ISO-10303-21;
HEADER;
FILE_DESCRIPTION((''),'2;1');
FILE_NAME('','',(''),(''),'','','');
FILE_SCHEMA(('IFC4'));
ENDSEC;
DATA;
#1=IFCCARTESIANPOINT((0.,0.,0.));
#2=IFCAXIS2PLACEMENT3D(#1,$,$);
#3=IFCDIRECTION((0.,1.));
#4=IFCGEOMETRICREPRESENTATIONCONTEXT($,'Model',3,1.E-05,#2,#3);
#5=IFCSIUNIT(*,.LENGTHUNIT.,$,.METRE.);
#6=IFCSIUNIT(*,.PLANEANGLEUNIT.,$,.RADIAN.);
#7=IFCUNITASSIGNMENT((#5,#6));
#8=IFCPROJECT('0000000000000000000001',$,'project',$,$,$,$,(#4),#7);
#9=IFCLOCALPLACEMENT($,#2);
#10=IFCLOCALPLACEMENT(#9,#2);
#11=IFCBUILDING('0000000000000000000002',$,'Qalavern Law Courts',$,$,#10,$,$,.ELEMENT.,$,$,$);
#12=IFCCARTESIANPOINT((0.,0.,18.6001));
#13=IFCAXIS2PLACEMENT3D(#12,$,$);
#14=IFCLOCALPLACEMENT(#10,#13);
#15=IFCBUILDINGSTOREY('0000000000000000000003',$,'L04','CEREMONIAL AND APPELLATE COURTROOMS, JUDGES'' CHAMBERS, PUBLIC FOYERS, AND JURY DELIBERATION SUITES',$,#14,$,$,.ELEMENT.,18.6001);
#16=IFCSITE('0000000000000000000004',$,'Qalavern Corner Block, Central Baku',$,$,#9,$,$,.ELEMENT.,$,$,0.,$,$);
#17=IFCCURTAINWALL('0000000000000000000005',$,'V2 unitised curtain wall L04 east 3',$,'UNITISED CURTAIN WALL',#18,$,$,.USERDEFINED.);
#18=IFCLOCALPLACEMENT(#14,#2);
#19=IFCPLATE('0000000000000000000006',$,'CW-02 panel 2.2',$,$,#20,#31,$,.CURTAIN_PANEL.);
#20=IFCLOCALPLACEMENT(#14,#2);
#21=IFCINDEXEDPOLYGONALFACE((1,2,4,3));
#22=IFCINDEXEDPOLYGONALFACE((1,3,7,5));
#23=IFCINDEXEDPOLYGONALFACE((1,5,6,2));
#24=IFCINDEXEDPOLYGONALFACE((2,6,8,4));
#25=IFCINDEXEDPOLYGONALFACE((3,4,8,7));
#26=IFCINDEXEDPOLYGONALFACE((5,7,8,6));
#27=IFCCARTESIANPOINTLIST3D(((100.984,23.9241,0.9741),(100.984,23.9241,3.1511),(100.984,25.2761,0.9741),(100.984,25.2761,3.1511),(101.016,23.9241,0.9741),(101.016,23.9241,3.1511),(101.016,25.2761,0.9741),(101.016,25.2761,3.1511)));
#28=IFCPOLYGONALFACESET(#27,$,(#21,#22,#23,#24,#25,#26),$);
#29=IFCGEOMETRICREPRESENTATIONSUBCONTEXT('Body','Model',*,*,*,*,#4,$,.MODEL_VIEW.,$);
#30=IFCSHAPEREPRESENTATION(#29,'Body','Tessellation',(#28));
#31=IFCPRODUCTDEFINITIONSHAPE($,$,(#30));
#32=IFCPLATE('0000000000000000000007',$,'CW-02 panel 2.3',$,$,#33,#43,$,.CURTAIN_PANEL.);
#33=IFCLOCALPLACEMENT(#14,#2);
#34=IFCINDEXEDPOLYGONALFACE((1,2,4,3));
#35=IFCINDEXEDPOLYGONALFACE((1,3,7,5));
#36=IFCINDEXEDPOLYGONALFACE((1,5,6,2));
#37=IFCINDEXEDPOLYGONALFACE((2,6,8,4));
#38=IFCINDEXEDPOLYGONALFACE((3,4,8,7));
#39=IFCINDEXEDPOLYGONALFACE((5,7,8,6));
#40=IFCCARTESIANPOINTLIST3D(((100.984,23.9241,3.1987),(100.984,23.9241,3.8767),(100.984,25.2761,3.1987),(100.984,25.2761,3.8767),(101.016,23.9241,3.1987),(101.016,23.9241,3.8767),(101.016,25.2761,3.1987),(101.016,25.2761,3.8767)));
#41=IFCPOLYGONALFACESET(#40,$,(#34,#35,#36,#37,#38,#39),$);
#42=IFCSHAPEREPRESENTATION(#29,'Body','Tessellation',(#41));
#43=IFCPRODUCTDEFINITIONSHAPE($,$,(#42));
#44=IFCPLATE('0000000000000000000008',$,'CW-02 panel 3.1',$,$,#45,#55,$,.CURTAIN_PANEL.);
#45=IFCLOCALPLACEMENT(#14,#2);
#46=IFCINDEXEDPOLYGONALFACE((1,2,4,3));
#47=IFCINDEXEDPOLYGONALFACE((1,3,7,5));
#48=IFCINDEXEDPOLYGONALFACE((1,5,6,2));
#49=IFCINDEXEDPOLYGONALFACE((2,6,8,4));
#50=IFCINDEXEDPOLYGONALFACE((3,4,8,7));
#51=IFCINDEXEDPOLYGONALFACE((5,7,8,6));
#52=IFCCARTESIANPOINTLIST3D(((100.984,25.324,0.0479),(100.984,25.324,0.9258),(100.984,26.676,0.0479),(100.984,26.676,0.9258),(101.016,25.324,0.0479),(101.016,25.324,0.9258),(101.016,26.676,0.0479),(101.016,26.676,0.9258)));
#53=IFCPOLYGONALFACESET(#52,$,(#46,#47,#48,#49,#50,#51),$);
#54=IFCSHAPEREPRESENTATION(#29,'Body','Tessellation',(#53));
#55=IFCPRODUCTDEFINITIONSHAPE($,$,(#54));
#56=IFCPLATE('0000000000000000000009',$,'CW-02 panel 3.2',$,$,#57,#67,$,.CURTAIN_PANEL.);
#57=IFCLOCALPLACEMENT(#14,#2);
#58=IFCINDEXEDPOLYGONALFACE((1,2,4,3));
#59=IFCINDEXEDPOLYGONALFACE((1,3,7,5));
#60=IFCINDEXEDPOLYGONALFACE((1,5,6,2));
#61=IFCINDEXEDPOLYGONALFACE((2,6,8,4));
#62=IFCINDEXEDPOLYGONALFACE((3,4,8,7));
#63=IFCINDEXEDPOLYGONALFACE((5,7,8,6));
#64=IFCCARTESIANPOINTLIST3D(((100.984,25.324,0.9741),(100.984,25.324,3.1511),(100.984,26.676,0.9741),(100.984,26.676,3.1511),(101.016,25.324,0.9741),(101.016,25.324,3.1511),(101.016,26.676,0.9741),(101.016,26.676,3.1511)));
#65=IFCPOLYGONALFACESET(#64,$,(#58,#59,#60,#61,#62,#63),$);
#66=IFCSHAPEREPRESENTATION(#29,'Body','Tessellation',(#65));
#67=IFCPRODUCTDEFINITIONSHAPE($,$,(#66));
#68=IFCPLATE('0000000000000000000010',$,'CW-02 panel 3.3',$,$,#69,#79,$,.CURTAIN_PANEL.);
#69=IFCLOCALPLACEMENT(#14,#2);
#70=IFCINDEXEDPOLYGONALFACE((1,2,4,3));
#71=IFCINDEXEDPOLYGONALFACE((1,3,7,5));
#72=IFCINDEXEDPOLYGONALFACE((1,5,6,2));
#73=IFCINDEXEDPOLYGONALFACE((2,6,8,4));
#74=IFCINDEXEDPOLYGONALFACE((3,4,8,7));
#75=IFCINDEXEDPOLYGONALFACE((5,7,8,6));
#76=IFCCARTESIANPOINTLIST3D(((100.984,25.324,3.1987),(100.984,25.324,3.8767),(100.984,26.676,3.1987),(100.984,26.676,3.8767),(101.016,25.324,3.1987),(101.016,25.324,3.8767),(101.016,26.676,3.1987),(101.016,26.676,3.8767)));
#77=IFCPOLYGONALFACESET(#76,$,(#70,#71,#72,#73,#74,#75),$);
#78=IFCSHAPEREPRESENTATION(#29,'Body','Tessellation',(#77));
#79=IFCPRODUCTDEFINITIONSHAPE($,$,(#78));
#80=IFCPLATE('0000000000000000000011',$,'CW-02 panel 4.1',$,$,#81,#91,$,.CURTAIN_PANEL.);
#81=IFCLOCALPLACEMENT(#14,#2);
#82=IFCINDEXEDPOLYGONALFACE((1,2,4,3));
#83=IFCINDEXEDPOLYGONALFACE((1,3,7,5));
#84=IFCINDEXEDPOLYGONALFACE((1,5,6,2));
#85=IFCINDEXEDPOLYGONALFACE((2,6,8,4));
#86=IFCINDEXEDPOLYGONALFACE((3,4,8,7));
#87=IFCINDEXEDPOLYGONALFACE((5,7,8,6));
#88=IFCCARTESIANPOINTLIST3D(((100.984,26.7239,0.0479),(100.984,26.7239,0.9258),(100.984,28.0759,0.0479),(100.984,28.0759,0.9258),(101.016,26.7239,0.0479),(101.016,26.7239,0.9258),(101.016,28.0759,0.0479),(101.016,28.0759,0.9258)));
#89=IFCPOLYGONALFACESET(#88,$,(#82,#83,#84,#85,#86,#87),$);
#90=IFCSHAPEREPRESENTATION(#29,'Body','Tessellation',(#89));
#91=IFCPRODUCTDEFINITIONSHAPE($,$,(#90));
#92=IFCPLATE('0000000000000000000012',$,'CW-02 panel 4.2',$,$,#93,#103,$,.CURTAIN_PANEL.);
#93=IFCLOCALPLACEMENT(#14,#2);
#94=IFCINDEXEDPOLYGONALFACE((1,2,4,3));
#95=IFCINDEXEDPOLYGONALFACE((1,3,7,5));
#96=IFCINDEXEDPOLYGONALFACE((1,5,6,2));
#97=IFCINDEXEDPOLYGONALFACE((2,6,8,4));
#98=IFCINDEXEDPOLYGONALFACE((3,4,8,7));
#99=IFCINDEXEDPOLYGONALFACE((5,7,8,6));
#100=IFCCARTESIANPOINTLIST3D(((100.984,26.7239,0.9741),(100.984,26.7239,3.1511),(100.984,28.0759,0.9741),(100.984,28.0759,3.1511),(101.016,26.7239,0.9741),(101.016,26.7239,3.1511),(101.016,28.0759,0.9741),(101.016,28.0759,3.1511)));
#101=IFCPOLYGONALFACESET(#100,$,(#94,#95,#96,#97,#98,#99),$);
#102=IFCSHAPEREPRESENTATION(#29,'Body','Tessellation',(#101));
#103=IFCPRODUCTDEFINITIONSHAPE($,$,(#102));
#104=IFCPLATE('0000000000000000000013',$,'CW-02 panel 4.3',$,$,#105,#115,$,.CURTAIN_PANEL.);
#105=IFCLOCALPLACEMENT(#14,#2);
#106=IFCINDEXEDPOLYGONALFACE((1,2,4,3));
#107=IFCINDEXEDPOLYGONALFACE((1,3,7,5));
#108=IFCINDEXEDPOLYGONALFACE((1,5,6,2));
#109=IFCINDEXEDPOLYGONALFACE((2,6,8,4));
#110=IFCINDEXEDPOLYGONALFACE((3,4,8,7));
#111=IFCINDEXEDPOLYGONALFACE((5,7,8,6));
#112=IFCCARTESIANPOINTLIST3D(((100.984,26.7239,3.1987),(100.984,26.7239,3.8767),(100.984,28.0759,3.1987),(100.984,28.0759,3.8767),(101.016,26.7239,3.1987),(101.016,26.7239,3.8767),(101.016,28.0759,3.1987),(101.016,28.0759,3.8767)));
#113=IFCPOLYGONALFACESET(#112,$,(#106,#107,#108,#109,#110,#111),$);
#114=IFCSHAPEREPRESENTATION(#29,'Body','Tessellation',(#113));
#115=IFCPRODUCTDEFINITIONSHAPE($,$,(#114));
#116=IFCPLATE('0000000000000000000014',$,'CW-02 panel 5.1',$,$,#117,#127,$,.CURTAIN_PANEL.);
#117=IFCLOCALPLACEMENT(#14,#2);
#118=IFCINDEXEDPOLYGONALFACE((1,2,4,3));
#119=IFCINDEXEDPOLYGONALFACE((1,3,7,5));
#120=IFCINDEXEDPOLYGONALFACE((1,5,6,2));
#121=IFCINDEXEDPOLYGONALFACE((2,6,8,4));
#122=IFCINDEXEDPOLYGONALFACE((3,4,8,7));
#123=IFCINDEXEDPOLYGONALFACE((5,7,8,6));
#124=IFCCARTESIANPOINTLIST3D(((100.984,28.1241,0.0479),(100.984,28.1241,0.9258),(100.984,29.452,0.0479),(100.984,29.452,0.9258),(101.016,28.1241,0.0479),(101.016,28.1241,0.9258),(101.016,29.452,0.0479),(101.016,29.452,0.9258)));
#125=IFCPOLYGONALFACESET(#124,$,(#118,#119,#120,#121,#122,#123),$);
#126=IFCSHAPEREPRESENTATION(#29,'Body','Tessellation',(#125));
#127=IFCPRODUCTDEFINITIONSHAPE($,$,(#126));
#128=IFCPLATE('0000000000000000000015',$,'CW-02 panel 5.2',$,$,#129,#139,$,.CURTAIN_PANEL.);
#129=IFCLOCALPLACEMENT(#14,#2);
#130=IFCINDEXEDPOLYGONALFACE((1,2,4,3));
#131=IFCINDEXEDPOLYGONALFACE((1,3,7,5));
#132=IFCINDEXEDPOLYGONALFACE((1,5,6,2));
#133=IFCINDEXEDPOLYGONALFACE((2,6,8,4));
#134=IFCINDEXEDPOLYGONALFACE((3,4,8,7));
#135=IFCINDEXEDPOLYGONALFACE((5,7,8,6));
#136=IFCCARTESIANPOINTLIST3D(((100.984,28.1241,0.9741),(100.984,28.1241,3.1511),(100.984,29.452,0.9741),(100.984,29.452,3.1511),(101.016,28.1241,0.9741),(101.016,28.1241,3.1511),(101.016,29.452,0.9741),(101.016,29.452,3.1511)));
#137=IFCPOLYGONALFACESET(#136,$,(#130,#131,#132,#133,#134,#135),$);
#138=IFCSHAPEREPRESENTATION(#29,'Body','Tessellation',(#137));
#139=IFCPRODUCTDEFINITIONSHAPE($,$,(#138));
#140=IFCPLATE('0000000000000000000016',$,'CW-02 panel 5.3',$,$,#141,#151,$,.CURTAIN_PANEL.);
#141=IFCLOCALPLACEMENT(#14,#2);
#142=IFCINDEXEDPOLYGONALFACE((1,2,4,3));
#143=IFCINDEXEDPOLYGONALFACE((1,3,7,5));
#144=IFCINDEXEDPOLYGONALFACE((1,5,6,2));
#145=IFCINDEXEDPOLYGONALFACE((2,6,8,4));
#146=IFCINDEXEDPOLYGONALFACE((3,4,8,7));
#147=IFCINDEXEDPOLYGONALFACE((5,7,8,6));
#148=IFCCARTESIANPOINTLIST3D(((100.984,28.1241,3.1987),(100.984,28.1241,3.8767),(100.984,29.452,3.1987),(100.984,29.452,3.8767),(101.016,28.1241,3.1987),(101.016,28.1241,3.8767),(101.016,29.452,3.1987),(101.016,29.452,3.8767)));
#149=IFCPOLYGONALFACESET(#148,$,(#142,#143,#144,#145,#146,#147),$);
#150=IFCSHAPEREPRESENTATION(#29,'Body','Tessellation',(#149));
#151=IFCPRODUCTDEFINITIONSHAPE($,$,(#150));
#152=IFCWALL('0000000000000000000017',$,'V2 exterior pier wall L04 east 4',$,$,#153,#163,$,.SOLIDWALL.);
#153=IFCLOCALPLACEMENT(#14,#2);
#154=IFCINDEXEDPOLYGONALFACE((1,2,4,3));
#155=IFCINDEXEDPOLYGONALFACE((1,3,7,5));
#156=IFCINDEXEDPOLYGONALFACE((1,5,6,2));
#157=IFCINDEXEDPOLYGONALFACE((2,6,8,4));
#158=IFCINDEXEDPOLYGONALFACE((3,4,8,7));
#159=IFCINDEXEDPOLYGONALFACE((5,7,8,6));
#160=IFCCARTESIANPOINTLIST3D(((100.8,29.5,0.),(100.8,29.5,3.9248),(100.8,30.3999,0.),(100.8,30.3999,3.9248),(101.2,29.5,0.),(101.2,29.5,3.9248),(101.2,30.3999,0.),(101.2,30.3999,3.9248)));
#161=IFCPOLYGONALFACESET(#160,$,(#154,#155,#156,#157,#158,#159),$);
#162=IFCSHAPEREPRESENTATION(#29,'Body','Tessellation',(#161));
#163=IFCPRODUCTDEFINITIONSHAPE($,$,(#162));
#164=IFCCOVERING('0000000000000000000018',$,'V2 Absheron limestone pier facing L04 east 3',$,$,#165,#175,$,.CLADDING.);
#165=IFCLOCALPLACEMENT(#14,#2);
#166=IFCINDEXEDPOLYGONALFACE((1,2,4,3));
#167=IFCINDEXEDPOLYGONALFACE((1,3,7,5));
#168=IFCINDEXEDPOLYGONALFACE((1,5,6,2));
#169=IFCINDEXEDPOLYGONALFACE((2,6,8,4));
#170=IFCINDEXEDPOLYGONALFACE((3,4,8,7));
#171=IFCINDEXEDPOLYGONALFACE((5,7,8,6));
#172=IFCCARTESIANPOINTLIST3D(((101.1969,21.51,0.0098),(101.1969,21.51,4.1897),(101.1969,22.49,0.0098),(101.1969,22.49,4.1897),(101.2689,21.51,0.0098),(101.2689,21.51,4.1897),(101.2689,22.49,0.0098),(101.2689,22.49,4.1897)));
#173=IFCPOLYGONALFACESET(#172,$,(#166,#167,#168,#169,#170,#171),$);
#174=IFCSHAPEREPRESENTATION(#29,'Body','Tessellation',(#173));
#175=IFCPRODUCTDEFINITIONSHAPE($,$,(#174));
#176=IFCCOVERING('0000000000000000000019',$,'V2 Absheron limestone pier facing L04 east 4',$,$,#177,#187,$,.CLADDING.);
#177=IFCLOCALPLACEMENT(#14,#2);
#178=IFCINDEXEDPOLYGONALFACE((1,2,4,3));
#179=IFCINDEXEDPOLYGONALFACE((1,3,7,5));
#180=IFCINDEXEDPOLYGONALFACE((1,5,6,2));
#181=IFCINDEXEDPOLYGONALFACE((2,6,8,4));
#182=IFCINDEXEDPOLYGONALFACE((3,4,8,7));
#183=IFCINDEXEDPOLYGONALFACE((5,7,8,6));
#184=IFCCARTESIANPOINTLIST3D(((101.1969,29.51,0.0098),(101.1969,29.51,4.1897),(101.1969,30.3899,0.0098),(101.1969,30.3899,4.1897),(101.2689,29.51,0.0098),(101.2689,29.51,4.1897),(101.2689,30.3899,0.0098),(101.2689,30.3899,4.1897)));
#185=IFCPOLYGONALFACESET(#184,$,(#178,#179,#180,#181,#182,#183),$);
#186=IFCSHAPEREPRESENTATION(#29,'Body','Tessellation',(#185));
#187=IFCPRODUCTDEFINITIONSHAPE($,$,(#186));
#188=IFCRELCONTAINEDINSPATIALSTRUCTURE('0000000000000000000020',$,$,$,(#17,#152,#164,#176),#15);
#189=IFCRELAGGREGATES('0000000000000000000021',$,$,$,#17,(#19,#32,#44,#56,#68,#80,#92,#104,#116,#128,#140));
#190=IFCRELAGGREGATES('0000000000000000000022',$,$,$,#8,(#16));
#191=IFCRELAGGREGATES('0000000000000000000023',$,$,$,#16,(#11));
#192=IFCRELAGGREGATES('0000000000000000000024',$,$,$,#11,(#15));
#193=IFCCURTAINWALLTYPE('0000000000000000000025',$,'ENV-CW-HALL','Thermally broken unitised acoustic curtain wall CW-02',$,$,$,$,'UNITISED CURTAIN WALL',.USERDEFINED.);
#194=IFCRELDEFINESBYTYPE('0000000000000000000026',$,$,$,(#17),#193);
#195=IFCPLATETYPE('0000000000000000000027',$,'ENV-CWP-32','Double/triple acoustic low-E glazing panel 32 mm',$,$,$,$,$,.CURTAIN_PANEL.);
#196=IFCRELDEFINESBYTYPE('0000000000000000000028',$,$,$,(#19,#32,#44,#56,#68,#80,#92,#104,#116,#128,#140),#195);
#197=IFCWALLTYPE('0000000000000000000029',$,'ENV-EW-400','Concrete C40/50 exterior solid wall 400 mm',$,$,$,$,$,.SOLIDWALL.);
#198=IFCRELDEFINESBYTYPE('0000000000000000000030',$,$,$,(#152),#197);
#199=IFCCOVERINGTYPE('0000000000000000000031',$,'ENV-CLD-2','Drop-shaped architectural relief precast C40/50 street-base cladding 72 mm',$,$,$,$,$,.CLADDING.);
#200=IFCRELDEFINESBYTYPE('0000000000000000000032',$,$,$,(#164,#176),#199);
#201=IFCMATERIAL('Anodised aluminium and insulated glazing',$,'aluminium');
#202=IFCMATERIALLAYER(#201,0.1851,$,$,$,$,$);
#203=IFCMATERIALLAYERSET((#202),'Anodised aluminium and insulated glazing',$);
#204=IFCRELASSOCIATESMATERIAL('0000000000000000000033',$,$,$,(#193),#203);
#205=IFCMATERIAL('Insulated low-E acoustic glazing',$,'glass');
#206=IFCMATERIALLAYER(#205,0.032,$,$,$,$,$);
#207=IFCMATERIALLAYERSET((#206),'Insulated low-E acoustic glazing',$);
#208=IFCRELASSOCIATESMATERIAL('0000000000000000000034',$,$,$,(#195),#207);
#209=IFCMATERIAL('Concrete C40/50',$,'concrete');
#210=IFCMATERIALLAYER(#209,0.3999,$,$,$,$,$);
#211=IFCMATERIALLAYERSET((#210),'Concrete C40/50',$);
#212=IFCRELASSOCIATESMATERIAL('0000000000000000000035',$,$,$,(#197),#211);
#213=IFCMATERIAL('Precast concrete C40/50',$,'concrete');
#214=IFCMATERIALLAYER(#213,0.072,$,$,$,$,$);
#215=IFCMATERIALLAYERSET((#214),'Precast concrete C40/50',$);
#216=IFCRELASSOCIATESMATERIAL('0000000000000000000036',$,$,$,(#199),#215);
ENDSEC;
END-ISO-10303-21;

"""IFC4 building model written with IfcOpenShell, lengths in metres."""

from ifc_helpers import new_model, si_unit, direction, frame, frame_2d, origin, origin_2d, place, context, subcontext, project, spatial, rectangle, extrude, material, layer, layer_set, type_object, element, aggregate, save


model = new_model("IFC4")

# Units and contexts
model_context = context("Model", 3, precision=1e-05, world=origin(), true_north=direction((0.0, 1.0)))
body_context = subcontext(model_context, "Body", "Model", "MODEL_VIEW")
ifc_project = project(units=[si_unit("LENGTHUNIT", "METRE"), si_unit("PLANEANGLEUNIT", "RADIAN")], contexts=[model_context])

# Site, building, storey
site_placement = place(None, origin())
site = spatial("IfcSite", under=ifc_project, at=site_placement, Name="Qalavern Corner Block, Central Baku", CompositionType="ELEMENT", RefElevation=0.0)
building_placement = place(site_placement, origin())
building = spatial("IfcBuilding", under=site, at=building_placement, Name="Qalavern Law Courts", CompositionType="ELEMENT")
storey_placement = place(building_placement, frame((0.0, 0.0, 18.6001)))
storey = spatial("IfcBuildingStorey", under=building, at=storey_placement, Name="L04", Description="CEREMONIAL AND APPELLATE COURTROOMS, JUDGES' CHAMBERS, PUBLIC FOYERS, AND JURY DELIBERATION SUITES", CompositionType="ELEMENT", Elevation=18.6001)

# Curtain wall, plates
ifc_material_1 = material(Name="Anodised aluminium and insulated glazing", Category="aluminium")
ifc_layer_1 = layer(ifc_material_1, 0.1851)
ifc_layer_set_1 = layer_set([ifc_layer_1], Name="Anodised aluminium and insulated glazing")
curtain_wall_type = type_object("IfcCurtainWallType", Name="ENV-CW-HALL", Description="Thermally broken unitised acoustic curtain wall CW-02", ElementType="UNITISED CURTAIN WALL", PredefinedType="USERDEFINED", material=ifc_layer_set_1)
curtain_wall_placement = place(storey_placement, origin())
curtain_wall = element("IfcCurtainWall", 1, at=curtain_wall_placement, inside=storey, type_object=curtain_wall_type, Name="V2 unitised curtain wall L04 east 3", ObjectType="UNITISED CURTAIN WALL", PredefinedType="USERDEFINED")
ifc_material_2 = material(Name="Insulated low-E acoustic glazing", Category="glass")
ifc_layer_2 = layer(ifc_material_2, 0.032)
ifc_layer_set_2 = layer_set([ifc_layer_2], Name="Insulated low-E acoustic glazing")
plate_type = type_object("IfcPlateType", Name="ENV-CWP-32", Description="Double/triple acoustic low-E glazing panel 32 mm", PredefinedType="CURTAIN_PANEL", material=ifc_layer_set_2)
plate_1_placement = place(storey_placement, frame((101.0, 24.6001, 0.9741), z_axis=(0.0, 0.0, 1.0), x_axis=(0.0, 1.0, 0.0)))
plate_1 = element("IfcPlate", 2, at=plate_1_placement, type_object=plate_type, Name="CW-02 panel 2.2", PredefinedType="CURTAIN_PANEL", context=body_context, shape_type="SweptSolid", body=[
    extrude(rectangle(XDim=1.3521, YDim=0.032, at=origin_2d()), origin(), (0.0, 0.0, 1.0), 2.177),
])
plate_2_placement = place(storey_placement, frame((101.0, 24.6001, 3.1987), z_axis=(0.0, 0.0, 1.0), x_axis=(0.0, 1.0, 0.0)))
plate_2 = element("IfcPlate", 3, at=plate_2_placement, type_object=plate_type, Name="CW-02 panel 2.3", PredefinedType="CURTAIN_PANEL", context=body_context, shape_type="SweptSolid", body=[
    extrude(rectangle(XDim=1.3521, YDim=0.032, at=origin_2d()), origin(), (0.0, 0.0, 1.0), 0.678),
])
plate_3_placement = place(storey_placement, frame((101.0, 26.0, 0.0479), z_axis=(0.0, 0.0, 1.0), x_axis=(0.0, 1.0, 0.0)))
plate_3 = element("IfcPlate", 4, at=plate_3_placement, type_object=plate_type, Name="CW-02 panel 3.1", PredefinedType="CURTAIN_PANEL", context=body_context, shape_type="SweptSolid", body=[
    extrude(rectangle(XDim=1.3521, YDim=0.032, at=origin_2d()), origin(), (0.0, 0.0, 1.0), 0.8779),
])
plate_4_placement = place(storey_placement, frame((101.0, 26.0, 0.9741), z_axis=(0.0, 0.0, 1.0), x_axis=(0.0, 1.0, 0.0)))
plate_4 = element("IfcPlate", 5, at=plate_4_placement, type_object=plate_type, Name="CW-02 panel 3.2", PredefinedType="CURTAIN_PANEL", context=body_context, shape_type="SweptSolid", body=[
    extrude(rectangle(XDim=1.3521, YDim=0.032, at=origin_2d()), origin(), (0.0, 0.0, 1.0), 2.177),
])
plate_5_placement = place(storey_placement, frame((101.0, 26.0, 3.1987), z_axis=(0.0, 0.0, 1.0), x_axis=(0.0, 1.0, 0.0)))
plate_5 = element("IfcPlate", 6, at=plate_5_placement, type_object=plate_type, Name="CW-02 panel 3.3", PredefinedType="CURTAIN_PANEL", context=body_context, shape_type="SweptSolid", body=[
    extrude(rectangle(XDim=1.3521, YDim=0.032, at=origin_2d()), origin(), (0.0, 0.0, 1.0), 0.678),
])
plate_6_placement = place(storey_placement, frame((101.0, 27.3999, 0.0479), z_axis=(0.0, 0.0, 1.0), x_axis=(0.0, 1.0, 0.0)))
plate_6 = element("IfcPlate", 7, at=plate_6_placement, type_object=plate_type, Name="CW-02 panel 4.1", PredefinedType="CURTAIN_PANEL", context=body_context, shape_type="SweptSolid", body=[
    extrude(rectangle(XDim=1.3521, YDim=0.032, at=origin_2d()), origin(), (0.0, 0.0, 1.0), 0.8779),
])
plate_7_placement = place(storey_placement, frame((101.0, 27.3999, 0.9741), z_axis=(0.0, 0.0, 1.0), x_axis=(0.0, 1.0, 0.0)))
plate_7 = element("IfcPlate", 8, at=plate_7_placement, type_object=plate_type, Name="CW-02 panel 4.2", PredefinedType="CURTAIN_PANEL", context=body_context, shape_type="SweptSolid", body=[
    extrude(rectangle(XDim=1.3521, YDim=0.032, at=origin_2d()), origin(), (0.0, 0.0, 1.0), 2.177),
])
plate_8_placement = place(storey_placement, frame((101.0, 27.3999, 3.1987), z_axis=(0.0, 0.0, 1.0), x_axis=(0.0, 1.0, 0.0)))
plate_8 = element("IfcPlate", 9, at=plate_8_placement, type_object=plate_type, Name="CW-02 panel 4.3", PredefinedType="CURTAIN_PANEL", context=body_context, shape_type="SweptSolid", body=[
    extrude(rectangle(XDim=1.3521, YDim=0.032, at=origin_2d()), origin(), (0.0, 0.0, 1.0), 0.678),
])
plate_9_placement = place(storey_placement, frame((101.0, 28.7881, 0.0479), z_axis=(0.0, 0.0, 1.0), x_axis=(0.0, 1.0, 0.0)))
plate_9 = element("IfcPlate", 10, at=plate_9_placement, type_object=plate_type, Name="CW-02 panel 5.1", PredefinedType="CURTAIN_PANEL", context=body_context, shape_type="SweptSolid", body=[
    extrude(rectangle(XDim=1.3279, YDim=0.032, at=origin_2d()), origin(), (0.0, 0.0, 1.0), 0.8779),
])
plate_10_placement = place(storey_placement, frame((101.0, 28.7881, 0.9741), z_axis=(0.0, 0.0, 1.0), x_axis=(0.0, 1.0, 0.0)))
plate_10 = element("IfcPlate", 11, at=plate_10_placement, type_object=plate_type, Name="CW-02 panel 5.2", PredefinedType="CURTAIN_PANEL", context=body_context, shape_type="SweptSolid", body=[
    extrude(rectangle(XDim=1.3279, YDim=0.032, at=origin_2d()), origin(), (0.0, 0.0, 1.0), 2.177),
])
plate_11_placement = place(storey_placement, frame((101.0, 28.7881, 3.1987), z_axis=(0.0, 0.0, 1.0), x_axis=(0.0, 1.0, 0.0)))
plate_11 = element("IfcPlate", 12, at=plate_11_placement, type_object=plate_type, Name="CW-02 panel 5.3", PredefinedType="CURTAIN_PANEL", context=body_context, shape_type="SweptSolid", body=[
    extrude(rectangle(XDim=1.3279, YDim=0.032, at=origin_2d()), origin(), (0.0, 0.0, 1.0), 0.678),
])
aggregate(curtain_wall, [plate_1, plate_2, plate_3, plate_4, plate_5, plate_6, plate_7, plate_8, plate_9, plate_10, plate_11])

# Wall
ifc_material_3 = material(Name="Concrete C40/50", Category="concrete")
ifc_layer_3 = layer(ifc_material_3, 0.3999)
ifc_layer_set_3 = layer_set([ifc_layer_3], Name="Concrete C40/50")
wall_type = type_object("IfcWallType", Name="ENV-EW-400", Description="Concrete C40/50 exterior solid wall 400 mm", PredefinedType="SOLIDWALL", material=ifc_layer_set_3)
wall_placement = place(storey_placement, frame((101.0, 29.5, 0.0), z_axis=(0.0, 0.0, 1.0), x_axis=(0.0, 1.0, 0.0)))
element("IfcWall", 13, at=wall_placement, inside=storey, type_object=wall_type, Name="V2 exterior pier wall L04 east 4", PredefinedType="SOLIDWALL", context=body_context, shape_type="SweptSolid", body=[
    extrude(rectangle(XDim=0.8999, YDim=0.3999, at=frame_2d((0.45, 0.0))), origin(), (0.0, 0.0, 1.0), 3.9248),
])

# Coverings
ifc_material_4 = material(Name="Precast concrete C40/50", Category="concrete")
ifc_layer_4 = layer(ifc_material_4, 0.072)
ifc_layer_set_4 = layer_set([ifc_layer_4], Name="Precast concrete C40/50")
covering_type = type_object("IfcCoveringType", Name="ENV-CLD-2", Description="Drop-shaped architectural relief precast C40/50 street-base cladding 72 mm", PredefinedType="CLADDING", material=ifc_layer_set_4)
covering_1_placement = place(storey_placement, frame((101.2329, 22.0, 0.0098), z_axis=(0.0, 0.0, 1.0), x_axis=(0.0, 1.0, 0.0)))
element("IfcCovering", 14, at=covering_1_placement, inside=storey, type_object=covering_type, Name="V2 Absheron limestone pier facing L04 east 3", PredefinedType="CLADDING", context=body_context, shape_type="SweptSolid", body=[
    extrude(rectangle(XDim=0.98, YDim=0.072, at=origin_2d()), origin(), (0.0, 0.0, 1.0), 4.1799),
])
covering_2_placement = place(storey_placement, frame((101.2329, 29.95, 0.0098), z_axis=(0.0, 0.0, 1.0), x_axis=(0.0, 1.0, 0.0)))
element("IfcCovering", 15, at=covering_2_placement, inside=storey, type_object=covering_type, Name="V2 Absheron limestone pier facing L04 east 4", PredefinedType="CLADDING", context=body_context, shape_type="SweptSolid", body=[
    extrude(rectangle(XDim=0.8799, YDim=0.072, at=origin_2d()), origin(), (0.0, 0.0, 1.0), 4.1799),
])

save(model, "model.ifc")
